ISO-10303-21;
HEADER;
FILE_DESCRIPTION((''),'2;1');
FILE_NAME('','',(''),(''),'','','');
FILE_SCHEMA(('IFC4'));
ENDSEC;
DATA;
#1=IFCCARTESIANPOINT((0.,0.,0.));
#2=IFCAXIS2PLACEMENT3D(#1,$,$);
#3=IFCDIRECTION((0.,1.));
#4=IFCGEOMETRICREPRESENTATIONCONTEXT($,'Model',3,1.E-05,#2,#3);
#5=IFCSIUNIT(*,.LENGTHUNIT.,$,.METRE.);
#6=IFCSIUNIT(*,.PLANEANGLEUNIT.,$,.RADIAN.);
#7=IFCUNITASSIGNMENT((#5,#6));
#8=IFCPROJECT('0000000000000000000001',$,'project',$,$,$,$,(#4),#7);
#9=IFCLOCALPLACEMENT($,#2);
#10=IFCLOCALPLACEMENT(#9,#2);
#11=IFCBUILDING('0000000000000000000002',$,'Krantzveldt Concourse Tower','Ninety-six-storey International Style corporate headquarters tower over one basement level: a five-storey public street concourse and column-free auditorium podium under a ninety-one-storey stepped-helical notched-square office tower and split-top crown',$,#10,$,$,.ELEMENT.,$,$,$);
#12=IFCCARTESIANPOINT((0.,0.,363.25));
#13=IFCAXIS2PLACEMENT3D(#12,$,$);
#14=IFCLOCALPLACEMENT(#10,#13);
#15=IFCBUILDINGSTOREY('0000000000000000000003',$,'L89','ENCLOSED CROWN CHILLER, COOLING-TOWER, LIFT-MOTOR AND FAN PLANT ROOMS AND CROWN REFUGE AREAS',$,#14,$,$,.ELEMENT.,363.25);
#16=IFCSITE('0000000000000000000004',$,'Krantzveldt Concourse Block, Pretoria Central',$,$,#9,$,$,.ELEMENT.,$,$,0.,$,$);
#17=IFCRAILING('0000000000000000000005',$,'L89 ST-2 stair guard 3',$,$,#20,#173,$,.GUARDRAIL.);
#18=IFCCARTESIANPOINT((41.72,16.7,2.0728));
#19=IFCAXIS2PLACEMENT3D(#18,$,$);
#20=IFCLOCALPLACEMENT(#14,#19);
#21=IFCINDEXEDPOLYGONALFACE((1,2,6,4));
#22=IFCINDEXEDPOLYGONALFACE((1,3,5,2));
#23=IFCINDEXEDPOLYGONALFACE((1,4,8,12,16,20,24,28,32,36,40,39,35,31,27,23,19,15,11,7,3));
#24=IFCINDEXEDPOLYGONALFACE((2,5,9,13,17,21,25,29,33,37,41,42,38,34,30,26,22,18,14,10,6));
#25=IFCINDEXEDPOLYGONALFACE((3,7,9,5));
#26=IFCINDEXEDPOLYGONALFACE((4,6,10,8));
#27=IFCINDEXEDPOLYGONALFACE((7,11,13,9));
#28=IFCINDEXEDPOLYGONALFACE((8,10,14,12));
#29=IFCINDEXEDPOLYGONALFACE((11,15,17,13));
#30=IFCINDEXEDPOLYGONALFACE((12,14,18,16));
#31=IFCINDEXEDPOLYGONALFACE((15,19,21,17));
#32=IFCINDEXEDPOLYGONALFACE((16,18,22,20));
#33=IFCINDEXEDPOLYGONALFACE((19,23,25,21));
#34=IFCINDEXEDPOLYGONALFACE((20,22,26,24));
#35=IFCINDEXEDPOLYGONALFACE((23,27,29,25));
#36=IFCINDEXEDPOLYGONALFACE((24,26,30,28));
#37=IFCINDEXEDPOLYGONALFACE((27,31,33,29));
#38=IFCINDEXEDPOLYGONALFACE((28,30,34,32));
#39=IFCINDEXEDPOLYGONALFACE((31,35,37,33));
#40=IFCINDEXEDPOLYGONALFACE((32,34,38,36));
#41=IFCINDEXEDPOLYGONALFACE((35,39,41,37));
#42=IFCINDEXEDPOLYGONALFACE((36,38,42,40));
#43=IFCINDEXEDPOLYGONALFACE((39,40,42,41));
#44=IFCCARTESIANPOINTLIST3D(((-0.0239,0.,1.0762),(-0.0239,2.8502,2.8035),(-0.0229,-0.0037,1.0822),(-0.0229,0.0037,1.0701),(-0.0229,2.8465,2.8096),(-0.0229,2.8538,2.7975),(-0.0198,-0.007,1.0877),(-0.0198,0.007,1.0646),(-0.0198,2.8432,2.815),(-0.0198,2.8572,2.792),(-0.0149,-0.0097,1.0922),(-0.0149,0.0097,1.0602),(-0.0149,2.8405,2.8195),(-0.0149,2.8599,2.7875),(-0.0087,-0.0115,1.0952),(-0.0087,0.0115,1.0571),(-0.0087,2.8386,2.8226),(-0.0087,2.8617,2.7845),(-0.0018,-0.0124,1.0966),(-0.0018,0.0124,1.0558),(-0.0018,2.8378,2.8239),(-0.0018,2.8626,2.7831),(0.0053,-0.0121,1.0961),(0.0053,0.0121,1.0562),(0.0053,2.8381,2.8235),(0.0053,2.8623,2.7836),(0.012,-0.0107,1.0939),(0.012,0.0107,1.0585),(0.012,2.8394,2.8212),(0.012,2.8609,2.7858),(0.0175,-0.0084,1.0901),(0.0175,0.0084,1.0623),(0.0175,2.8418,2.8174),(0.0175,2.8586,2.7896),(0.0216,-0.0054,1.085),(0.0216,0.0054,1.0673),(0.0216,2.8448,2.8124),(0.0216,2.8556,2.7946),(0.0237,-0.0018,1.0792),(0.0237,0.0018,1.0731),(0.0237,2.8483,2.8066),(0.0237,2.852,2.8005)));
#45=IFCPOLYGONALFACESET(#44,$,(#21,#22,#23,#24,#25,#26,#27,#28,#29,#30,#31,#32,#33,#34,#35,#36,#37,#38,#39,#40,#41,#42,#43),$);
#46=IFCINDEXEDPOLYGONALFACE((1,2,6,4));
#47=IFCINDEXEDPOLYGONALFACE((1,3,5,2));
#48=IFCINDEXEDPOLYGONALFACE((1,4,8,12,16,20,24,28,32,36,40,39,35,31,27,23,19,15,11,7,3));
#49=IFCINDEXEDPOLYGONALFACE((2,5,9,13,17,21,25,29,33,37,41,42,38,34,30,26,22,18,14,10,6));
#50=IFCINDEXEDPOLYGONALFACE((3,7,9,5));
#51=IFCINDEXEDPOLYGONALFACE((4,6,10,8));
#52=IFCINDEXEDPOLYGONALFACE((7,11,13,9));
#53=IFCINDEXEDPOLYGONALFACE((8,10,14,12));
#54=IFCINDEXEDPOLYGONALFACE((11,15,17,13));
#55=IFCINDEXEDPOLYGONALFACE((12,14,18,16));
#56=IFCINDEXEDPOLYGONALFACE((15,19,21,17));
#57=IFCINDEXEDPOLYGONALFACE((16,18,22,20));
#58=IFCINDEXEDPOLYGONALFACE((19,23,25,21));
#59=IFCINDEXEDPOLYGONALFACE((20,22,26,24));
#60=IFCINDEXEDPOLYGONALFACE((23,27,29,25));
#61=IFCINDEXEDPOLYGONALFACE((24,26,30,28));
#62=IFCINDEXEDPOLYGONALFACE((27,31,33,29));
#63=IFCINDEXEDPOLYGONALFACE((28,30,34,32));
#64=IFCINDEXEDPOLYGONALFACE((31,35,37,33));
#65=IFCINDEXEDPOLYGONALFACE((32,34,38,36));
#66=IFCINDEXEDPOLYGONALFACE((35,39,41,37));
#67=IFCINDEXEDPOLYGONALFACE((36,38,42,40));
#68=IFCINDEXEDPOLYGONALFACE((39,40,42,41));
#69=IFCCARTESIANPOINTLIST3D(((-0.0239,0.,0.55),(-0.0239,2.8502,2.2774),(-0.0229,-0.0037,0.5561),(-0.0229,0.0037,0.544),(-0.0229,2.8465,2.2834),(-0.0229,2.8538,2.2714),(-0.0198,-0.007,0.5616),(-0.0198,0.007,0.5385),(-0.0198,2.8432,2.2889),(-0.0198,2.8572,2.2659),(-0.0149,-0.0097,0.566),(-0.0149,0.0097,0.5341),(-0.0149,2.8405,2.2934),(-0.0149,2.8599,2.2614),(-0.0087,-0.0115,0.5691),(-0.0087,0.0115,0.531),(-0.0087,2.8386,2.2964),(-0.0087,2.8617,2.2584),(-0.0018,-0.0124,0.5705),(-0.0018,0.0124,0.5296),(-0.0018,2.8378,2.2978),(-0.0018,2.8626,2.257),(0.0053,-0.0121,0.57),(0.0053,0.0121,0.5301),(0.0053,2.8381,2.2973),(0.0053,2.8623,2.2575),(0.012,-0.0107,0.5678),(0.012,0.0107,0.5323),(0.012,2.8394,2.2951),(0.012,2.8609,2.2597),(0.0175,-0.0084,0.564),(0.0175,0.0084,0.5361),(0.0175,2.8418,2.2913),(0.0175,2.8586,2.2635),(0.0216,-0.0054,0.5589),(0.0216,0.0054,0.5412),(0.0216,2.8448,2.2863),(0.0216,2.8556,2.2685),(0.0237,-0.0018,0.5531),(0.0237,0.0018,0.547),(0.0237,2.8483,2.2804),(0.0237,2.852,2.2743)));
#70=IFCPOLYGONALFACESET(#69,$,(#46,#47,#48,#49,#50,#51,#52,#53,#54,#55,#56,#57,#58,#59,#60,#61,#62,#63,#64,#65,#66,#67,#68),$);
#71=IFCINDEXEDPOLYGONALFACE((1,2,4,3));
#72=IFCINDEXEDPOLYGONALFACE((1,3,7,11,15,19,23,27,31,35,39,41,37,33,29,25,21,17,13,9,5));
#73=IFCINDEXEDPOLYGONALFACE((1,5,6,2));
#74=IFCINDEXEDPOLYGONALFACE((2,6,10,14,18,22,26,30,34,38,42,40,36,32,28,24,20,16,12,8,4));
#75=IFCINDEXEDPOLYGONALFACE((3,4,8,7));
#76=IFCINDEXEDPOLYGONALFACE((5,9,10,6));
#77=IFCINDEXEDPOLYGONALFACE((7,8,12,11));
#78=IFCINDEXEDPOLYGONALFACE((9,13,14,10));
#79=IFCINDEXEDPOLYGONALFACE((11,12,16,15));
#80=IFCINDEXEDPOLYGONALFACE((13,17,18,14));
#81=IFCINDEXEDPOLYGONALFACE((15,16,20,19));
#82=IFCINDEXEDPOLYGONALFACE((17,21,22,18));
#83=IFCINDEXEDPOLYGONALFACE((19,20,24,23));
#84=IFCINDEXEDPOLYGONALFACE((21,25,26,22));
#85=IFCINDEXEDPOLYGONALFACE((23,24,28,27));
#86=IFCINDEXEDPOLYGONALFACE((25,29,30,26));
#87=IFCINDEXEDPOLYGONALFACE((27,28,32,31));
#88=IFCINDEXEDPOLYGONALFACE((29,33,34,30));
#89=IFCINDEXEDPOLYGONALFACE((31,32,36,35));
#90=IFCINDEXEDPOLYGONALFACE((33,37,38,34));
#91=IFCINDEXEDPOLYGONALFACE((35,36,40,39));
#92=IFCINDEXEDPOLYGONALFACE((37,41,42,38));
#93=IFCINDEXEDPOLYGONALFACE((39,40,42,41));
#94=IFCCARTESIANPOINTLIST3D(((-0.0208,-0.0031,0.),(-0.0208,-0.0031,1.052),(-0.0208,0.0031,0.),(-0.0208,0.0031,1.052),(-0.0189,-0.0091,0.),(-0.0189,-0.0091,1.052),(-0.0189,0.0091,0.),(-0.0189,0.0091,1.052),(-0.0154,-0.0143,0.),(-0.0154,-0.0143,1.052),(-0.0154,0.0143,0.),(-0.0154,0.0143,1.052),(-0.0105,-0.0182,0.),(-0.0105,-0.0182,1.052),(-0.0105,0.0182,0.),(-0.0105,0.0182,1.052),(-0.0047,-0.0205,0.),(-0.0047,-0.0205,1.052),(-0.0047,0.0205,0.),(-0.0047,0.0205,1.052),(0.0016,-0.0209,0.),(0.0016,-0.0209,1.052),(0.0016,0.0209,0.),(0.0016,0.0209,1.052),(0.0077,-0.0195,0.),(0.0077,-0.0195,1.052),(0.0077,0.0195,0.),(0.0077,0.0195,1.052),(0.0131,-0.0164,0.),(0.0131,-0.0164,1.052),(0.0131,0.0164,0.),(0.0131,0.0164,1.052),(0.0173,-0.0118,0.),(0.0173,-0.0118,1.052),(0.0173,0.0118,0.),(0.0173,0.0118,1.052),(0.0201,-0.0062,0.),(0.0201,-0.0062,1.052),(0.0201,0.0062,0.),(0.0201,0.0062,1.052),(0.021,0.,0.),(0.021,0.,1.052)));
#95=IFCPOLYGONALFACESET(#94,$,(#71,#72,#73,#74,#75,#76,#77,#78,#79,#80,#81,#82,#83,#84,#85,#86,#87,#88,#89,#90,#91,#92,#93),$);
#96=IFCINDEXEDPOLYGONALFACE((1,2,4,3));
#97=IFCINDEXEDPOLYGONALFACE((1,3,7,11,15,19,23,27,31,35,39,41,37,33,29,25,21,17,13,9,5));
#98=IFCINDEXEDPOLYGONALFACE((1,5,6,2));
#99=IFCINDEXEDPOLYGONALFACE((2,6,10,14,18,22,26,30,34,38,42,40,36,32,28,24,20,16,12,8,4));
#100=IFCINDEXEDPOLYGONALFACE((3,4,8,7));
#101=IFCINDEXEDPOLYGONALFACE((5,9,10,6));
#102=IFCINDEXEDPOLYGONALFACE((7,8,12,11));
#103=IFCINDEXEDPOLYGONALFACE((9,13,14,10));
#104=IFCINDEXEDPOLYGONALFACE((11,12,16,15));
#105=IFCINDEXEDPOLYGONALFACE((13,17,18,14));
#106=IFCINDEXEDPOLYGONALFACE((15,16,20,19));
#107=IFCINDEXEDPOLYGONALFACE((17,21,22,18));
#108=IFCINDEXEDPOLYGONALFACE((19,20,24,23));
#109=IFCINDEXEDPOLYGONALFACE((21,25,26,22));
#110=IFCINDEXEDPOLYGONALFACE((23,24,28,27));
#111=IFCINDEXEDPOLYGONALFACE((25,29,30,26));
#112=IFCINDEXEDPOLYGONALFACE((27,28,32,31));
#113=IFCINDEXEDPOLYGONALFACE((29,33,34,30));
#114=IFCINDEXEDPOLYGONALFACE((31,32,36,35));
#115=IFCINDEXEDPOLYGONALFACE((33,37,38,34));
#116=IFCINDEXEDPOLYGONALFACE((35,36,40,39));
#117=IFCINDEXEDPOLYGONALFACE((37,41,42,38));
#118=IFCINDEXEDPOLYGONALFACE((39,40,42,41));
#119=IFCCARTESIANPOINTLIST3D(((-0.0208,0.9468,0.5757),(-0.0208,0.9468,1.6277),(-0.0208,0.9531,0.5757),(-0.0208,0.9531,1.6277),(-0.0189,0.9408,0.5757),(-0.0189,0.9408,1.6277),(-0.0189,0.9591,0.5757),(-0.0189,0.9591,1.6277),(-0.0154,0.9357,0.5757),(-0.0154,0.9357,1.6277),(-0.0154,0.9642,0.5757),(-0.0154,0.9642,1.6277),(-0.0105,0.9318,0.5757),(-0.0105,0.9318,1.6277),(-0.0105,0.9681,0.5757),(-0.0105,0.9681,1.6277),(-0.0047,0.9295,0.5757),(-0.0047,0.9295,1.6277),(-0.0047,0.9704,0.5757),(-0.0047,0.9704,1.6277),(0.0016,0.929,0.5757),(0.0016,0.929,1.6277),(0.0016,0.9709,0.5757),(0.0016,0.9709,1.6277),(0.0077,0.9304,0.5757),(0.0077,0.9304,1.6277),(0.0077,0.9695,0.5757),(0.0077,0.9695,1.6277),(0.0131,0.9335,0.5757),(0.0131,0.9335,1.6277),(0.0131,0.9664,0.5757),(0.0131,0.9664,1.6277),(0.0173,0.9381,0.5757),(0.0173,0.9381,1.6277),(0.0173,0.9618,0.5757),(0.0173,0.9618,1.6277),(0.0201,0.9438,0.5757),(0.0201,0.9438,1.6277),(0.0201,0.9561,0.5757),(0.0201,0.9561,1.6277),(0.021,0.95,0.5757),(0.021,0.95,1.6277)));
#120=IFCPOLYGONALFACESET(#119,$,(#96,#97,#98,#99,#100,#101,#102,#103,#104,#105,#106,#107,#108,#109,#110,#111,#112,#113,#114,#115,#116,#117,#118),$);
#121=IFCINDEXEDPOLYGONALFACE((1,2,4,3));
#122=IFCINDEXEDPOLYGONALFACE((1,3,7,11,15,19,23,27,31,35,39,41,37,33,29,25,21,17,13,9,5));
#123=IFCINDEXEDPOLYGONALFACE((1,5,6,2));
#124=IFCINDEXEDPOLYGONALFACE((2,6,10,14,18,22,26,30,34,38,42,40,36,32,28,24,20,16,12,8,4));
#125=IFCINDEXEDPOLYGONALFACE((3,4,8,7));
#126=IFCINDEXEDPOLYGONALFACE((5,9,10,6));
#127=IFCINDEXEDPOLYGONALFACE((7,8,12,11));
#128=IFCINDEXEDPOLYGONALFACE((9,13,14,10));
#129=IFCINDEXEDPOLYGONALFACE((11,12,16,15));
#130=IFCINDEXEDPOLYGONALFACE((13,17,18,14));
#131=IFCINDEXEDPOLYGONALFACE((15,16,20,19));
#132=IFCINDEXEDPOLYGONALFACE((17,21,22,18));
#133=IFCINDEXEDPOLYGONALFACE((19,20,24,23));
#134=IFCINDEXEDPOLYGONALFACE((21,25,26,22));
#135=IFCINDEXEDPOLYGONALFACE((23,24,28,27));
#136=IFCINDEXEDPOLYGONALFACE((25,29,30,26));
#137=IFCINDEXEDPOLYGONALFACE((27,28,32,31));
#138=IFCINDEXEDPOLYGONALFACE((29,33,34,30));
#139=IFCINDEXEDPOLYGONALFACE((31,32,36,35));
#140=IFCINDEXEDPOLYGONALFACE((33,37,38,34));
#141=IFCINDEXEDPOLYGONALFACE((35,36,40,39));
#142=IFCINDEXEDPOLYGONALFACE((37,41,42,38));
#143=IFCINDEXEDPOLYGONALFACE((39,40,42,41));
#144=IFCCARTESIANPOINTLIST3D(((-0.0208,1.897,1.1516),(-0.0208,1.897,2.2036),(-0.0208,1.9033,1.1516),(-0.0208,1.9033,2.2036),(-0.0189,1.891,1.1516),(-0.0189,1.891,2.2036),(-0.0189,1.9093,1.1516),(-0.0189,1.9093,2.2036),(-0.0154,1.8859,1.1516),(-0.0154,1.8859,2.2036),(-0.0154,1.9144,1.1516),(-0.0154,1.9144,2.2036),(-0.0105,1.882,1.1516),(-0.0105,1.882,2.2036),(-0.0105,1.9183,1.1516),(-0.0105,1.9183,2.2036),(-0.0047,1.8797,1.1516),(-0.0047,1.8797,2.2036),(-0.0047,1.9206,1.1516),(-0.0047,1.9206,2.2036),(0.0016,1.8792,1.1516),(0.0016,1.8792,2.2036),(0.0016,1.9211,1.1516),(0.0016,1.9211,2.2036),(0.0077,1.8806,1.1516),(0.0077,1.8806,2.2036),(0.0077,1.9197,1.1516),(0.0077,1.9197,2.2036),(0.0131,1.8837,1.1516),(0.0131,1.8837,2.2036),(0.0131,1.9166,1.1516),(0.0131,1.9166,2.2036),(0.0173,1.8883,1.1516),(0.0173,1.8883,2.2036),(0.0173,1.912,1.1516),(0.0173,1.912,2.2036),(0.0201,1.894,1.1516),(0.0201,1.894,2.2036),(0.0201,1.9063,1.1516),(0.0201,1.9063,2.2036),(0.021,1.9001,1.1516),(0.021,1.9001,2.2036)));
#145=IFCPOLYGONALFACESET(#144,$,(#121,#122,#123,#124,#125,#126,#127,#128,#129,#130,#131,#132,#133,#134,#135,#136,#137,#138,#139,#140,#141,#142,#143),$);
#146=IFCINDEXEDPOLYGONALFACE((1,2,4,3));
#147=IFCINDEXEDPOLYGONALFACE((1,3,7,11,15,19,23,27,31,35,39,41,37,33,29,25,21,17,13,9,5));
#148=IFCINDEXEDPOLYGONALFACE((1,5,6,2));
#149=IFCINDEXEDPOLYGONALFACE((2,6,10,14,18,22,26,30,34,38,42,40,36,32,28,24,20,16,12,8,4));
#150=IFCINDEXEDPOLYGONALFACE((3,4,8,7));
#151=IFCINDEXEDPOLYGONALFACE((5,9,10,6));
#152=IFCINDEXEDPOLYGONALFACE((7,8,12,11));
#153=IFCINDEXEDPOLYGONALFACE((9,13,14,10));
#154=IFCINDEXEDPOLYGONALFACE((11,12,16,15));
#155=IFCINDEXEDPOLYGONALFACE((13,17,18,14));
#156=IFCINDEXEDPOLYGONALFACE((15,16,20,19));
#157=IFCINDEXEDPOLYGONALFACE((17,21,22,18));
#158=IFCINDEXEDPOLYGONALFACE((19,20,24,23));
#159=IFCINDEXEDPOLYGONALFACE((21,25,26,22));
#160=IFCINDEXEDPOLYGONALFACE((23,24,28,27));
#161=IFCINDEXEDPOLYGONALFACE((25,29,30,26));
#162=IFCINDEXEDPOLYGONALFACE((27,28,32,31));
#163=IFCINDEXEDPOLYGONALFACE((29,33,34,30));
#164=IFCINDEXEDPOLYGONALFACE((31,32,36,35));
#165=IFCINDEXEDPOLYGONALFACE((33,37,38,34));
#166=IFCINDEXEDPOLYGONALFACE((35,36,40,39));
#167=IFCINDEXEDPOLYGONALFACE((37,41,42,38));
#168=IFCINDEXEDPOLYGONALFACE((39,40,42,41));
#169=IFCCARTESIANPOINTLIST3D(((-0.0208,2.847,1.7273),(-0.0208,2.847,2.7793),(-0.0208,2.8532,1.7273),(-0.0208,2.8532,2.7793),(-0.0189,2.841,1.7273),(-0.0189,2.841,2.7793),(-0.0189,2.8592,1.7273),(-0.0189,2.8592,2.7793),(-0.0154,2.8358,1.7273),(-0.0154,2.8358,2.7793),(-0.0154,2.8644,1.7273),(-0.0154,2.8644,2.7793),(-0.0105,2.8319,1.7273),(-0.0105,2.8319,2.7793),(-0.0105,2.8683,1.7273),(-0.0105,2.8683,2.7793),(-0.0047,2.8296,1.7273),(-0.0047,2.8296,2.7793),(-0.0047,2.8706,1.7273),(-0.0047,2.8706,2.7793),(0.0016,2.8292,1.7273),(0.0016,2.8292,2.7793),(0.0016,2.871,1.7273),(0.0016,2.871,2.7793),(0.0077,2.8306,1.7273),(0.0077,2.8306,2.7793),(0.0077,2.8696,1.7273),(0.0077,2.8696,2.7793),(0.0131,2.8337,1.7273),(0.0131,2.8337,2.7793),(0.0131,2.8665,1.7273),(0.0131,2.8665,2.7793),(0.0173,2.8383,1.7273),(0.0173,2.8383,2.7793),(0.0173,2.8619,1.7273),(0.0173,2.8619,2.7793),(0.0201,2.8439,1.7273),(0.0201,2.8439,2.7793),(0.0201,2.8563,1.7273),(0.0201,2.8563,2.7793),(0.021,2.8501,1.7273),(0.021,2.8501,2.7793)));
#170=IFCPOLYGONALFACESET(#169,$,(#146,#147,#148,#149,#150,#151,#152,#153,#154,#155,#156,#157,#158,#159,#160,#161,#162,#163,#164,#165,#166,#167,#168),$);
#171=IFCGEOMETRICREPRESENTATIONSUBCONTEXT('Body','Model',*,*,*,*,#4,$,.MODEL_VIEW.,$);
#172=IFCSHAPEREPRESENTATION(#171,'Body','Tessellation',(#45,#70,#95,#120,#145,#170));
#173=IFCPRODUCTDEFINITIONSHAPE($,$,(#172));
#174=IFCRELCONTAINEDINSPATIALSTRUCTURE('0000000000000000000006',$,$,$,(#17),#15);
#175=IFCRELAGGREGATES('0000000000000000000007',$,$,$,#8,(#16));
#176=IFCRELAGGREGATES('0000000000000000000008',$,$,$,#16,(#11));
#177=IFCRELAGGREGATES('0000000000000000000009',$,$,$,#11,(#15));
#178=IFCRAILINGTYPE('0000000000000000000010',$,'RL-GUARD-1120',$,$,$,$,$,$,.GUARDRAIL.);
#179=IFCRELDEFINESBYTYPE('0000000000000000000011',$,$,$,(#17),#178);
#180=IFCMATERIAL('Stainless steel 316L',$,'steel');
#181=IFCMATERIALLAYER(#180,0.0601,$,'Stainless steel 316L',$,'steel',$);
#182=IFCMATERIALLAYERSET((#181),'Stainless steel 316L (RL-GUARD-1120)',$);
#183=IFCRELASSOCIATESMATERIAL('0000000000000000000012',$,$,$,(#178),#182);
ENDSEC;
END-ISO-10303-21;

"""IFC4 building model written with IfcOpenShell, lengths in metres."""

from ifc_helpers import new_model, si_unit, direction, frame, origin, origin_2d, place, context, subcontext, project, spatial, circle, extrude, material, layer, layer_set, type_object, element, save


model = new_model("IFC4")

# Units and contexts
model_context = context("Model", 3, precision=1e-05, world=origin(), true_north=direction((0.0, 1.0)))
body_context = subcontext(model_context, "Body", "Model", "MODEL_VIEW")
ifc_project = project(units=[si_unit("LENGTHUNIT", "METRE"), si_unit("PLANEANGLEUNIT", "RADIAN")], contexts=[model_context])

# Site, building, storey
site_placement = place(None, origin())
site = spatial("IfcSite", under=ifc_project, at=site_placement, Name="Krantzveldt Concourse Block, Pretoria Central", CompositionType="ELEMENT", RefElevation=0.0)
building_placement = place(site_placement, origin())
building = spatial("IfcBuilding", under=site, at=building_placement, Name="Krantzveldt Concourse Tower", Description="Ninety-six-storey International Style corporate headquarters tower over one basement level: a five-storey public street concourse and column-free auditorium podium under a ninety-one-storey stepped-helical notched-square office tower and split-top crown", CompositionType="ELEMENT")
storey_placement = place(building_placement, frame((0.0, 0.0, 363.25)))
storey = spatial("IfcBuildingStorey", under=building, at=storey_placement, Name="L89", Description="ENCLOSED CROWN CHILLER, COOLING-TOWER, LIFT-MOTOR AND FAN PLANT ROOMS AND CROWN REFUGE AREAS", CompositionType="ELEMENT", Elevation=363.25)

# Shared definitions
ifc_material_1 = material(Name="Stainless steel 316L", Category="steel")

# Railing
ifc_layer_1 = layer(ifc_material_1, 0.0601, Name="Stainless steel 316L", Category="steel")
ifc_layer_set_1 = layer_set([ifc_layer_1], Name="Stainless steel 316L (RL-GUARD-1120)")
railing_type_1 = type_object("IfcRailingType", Name="RL-GUARD-1120", PredefinedType="GUARDRAIL", material=ifc_layer_set_1)
railing_1_placement = place(storey_placement, frame((41.72, 16.7, 2.0728)))
element("IfcRailing", 1, at=railing_1_placement, inside=storey, type_object=railing_type_1, Name="L89 ST-2 stair guard 3", PredefinedType="GUARDRAIL", context=body_context, shape_type="SweptSolid", body=[
    extrude(circle(Radius=0.0239, at=origin_2d()), frame((0.0, 0.0, 1.0762), z_axis=(0.0, 0.855203, 0.518294), x_axis=(-1.0, 0.0, 0.0)), (0.0, 0.0, 1.0), 3.3328),
    extrude(circle(Radius=0.0239, at=origin_2d()), frame((0.0, 0.0, 0.55), z_axis=(0.0, 0.855203, 0.518294), x_axis=(-1.0, 0.0, 0.0)), (0.0, 0.0, 1.0), 3.3328),
    extrude(circle(Radius=0.021, at=origin_2d()), origin(), (0.0, 0.0, 1.0), 1.052),
    extrude(circle(Radius=0.021, at=origin_2d()), frame((0.0, 0.95, 0.5757)), (0.0, 0.0, 1.0), 1.052),
    extrude(circle(Radius=0.021, at=origin_2d()), frame((0.0, 1.9001, 1.1516)), (0.0, 0.0, 1.0), 1.052),
    extrude(circle(Radius=0.021, at=origin_2d()), frame((0.0, 2.8501, 1.7273)), (0.0, 0.0, 1.0), 1.052),
])

save(model, "model.ifc")
